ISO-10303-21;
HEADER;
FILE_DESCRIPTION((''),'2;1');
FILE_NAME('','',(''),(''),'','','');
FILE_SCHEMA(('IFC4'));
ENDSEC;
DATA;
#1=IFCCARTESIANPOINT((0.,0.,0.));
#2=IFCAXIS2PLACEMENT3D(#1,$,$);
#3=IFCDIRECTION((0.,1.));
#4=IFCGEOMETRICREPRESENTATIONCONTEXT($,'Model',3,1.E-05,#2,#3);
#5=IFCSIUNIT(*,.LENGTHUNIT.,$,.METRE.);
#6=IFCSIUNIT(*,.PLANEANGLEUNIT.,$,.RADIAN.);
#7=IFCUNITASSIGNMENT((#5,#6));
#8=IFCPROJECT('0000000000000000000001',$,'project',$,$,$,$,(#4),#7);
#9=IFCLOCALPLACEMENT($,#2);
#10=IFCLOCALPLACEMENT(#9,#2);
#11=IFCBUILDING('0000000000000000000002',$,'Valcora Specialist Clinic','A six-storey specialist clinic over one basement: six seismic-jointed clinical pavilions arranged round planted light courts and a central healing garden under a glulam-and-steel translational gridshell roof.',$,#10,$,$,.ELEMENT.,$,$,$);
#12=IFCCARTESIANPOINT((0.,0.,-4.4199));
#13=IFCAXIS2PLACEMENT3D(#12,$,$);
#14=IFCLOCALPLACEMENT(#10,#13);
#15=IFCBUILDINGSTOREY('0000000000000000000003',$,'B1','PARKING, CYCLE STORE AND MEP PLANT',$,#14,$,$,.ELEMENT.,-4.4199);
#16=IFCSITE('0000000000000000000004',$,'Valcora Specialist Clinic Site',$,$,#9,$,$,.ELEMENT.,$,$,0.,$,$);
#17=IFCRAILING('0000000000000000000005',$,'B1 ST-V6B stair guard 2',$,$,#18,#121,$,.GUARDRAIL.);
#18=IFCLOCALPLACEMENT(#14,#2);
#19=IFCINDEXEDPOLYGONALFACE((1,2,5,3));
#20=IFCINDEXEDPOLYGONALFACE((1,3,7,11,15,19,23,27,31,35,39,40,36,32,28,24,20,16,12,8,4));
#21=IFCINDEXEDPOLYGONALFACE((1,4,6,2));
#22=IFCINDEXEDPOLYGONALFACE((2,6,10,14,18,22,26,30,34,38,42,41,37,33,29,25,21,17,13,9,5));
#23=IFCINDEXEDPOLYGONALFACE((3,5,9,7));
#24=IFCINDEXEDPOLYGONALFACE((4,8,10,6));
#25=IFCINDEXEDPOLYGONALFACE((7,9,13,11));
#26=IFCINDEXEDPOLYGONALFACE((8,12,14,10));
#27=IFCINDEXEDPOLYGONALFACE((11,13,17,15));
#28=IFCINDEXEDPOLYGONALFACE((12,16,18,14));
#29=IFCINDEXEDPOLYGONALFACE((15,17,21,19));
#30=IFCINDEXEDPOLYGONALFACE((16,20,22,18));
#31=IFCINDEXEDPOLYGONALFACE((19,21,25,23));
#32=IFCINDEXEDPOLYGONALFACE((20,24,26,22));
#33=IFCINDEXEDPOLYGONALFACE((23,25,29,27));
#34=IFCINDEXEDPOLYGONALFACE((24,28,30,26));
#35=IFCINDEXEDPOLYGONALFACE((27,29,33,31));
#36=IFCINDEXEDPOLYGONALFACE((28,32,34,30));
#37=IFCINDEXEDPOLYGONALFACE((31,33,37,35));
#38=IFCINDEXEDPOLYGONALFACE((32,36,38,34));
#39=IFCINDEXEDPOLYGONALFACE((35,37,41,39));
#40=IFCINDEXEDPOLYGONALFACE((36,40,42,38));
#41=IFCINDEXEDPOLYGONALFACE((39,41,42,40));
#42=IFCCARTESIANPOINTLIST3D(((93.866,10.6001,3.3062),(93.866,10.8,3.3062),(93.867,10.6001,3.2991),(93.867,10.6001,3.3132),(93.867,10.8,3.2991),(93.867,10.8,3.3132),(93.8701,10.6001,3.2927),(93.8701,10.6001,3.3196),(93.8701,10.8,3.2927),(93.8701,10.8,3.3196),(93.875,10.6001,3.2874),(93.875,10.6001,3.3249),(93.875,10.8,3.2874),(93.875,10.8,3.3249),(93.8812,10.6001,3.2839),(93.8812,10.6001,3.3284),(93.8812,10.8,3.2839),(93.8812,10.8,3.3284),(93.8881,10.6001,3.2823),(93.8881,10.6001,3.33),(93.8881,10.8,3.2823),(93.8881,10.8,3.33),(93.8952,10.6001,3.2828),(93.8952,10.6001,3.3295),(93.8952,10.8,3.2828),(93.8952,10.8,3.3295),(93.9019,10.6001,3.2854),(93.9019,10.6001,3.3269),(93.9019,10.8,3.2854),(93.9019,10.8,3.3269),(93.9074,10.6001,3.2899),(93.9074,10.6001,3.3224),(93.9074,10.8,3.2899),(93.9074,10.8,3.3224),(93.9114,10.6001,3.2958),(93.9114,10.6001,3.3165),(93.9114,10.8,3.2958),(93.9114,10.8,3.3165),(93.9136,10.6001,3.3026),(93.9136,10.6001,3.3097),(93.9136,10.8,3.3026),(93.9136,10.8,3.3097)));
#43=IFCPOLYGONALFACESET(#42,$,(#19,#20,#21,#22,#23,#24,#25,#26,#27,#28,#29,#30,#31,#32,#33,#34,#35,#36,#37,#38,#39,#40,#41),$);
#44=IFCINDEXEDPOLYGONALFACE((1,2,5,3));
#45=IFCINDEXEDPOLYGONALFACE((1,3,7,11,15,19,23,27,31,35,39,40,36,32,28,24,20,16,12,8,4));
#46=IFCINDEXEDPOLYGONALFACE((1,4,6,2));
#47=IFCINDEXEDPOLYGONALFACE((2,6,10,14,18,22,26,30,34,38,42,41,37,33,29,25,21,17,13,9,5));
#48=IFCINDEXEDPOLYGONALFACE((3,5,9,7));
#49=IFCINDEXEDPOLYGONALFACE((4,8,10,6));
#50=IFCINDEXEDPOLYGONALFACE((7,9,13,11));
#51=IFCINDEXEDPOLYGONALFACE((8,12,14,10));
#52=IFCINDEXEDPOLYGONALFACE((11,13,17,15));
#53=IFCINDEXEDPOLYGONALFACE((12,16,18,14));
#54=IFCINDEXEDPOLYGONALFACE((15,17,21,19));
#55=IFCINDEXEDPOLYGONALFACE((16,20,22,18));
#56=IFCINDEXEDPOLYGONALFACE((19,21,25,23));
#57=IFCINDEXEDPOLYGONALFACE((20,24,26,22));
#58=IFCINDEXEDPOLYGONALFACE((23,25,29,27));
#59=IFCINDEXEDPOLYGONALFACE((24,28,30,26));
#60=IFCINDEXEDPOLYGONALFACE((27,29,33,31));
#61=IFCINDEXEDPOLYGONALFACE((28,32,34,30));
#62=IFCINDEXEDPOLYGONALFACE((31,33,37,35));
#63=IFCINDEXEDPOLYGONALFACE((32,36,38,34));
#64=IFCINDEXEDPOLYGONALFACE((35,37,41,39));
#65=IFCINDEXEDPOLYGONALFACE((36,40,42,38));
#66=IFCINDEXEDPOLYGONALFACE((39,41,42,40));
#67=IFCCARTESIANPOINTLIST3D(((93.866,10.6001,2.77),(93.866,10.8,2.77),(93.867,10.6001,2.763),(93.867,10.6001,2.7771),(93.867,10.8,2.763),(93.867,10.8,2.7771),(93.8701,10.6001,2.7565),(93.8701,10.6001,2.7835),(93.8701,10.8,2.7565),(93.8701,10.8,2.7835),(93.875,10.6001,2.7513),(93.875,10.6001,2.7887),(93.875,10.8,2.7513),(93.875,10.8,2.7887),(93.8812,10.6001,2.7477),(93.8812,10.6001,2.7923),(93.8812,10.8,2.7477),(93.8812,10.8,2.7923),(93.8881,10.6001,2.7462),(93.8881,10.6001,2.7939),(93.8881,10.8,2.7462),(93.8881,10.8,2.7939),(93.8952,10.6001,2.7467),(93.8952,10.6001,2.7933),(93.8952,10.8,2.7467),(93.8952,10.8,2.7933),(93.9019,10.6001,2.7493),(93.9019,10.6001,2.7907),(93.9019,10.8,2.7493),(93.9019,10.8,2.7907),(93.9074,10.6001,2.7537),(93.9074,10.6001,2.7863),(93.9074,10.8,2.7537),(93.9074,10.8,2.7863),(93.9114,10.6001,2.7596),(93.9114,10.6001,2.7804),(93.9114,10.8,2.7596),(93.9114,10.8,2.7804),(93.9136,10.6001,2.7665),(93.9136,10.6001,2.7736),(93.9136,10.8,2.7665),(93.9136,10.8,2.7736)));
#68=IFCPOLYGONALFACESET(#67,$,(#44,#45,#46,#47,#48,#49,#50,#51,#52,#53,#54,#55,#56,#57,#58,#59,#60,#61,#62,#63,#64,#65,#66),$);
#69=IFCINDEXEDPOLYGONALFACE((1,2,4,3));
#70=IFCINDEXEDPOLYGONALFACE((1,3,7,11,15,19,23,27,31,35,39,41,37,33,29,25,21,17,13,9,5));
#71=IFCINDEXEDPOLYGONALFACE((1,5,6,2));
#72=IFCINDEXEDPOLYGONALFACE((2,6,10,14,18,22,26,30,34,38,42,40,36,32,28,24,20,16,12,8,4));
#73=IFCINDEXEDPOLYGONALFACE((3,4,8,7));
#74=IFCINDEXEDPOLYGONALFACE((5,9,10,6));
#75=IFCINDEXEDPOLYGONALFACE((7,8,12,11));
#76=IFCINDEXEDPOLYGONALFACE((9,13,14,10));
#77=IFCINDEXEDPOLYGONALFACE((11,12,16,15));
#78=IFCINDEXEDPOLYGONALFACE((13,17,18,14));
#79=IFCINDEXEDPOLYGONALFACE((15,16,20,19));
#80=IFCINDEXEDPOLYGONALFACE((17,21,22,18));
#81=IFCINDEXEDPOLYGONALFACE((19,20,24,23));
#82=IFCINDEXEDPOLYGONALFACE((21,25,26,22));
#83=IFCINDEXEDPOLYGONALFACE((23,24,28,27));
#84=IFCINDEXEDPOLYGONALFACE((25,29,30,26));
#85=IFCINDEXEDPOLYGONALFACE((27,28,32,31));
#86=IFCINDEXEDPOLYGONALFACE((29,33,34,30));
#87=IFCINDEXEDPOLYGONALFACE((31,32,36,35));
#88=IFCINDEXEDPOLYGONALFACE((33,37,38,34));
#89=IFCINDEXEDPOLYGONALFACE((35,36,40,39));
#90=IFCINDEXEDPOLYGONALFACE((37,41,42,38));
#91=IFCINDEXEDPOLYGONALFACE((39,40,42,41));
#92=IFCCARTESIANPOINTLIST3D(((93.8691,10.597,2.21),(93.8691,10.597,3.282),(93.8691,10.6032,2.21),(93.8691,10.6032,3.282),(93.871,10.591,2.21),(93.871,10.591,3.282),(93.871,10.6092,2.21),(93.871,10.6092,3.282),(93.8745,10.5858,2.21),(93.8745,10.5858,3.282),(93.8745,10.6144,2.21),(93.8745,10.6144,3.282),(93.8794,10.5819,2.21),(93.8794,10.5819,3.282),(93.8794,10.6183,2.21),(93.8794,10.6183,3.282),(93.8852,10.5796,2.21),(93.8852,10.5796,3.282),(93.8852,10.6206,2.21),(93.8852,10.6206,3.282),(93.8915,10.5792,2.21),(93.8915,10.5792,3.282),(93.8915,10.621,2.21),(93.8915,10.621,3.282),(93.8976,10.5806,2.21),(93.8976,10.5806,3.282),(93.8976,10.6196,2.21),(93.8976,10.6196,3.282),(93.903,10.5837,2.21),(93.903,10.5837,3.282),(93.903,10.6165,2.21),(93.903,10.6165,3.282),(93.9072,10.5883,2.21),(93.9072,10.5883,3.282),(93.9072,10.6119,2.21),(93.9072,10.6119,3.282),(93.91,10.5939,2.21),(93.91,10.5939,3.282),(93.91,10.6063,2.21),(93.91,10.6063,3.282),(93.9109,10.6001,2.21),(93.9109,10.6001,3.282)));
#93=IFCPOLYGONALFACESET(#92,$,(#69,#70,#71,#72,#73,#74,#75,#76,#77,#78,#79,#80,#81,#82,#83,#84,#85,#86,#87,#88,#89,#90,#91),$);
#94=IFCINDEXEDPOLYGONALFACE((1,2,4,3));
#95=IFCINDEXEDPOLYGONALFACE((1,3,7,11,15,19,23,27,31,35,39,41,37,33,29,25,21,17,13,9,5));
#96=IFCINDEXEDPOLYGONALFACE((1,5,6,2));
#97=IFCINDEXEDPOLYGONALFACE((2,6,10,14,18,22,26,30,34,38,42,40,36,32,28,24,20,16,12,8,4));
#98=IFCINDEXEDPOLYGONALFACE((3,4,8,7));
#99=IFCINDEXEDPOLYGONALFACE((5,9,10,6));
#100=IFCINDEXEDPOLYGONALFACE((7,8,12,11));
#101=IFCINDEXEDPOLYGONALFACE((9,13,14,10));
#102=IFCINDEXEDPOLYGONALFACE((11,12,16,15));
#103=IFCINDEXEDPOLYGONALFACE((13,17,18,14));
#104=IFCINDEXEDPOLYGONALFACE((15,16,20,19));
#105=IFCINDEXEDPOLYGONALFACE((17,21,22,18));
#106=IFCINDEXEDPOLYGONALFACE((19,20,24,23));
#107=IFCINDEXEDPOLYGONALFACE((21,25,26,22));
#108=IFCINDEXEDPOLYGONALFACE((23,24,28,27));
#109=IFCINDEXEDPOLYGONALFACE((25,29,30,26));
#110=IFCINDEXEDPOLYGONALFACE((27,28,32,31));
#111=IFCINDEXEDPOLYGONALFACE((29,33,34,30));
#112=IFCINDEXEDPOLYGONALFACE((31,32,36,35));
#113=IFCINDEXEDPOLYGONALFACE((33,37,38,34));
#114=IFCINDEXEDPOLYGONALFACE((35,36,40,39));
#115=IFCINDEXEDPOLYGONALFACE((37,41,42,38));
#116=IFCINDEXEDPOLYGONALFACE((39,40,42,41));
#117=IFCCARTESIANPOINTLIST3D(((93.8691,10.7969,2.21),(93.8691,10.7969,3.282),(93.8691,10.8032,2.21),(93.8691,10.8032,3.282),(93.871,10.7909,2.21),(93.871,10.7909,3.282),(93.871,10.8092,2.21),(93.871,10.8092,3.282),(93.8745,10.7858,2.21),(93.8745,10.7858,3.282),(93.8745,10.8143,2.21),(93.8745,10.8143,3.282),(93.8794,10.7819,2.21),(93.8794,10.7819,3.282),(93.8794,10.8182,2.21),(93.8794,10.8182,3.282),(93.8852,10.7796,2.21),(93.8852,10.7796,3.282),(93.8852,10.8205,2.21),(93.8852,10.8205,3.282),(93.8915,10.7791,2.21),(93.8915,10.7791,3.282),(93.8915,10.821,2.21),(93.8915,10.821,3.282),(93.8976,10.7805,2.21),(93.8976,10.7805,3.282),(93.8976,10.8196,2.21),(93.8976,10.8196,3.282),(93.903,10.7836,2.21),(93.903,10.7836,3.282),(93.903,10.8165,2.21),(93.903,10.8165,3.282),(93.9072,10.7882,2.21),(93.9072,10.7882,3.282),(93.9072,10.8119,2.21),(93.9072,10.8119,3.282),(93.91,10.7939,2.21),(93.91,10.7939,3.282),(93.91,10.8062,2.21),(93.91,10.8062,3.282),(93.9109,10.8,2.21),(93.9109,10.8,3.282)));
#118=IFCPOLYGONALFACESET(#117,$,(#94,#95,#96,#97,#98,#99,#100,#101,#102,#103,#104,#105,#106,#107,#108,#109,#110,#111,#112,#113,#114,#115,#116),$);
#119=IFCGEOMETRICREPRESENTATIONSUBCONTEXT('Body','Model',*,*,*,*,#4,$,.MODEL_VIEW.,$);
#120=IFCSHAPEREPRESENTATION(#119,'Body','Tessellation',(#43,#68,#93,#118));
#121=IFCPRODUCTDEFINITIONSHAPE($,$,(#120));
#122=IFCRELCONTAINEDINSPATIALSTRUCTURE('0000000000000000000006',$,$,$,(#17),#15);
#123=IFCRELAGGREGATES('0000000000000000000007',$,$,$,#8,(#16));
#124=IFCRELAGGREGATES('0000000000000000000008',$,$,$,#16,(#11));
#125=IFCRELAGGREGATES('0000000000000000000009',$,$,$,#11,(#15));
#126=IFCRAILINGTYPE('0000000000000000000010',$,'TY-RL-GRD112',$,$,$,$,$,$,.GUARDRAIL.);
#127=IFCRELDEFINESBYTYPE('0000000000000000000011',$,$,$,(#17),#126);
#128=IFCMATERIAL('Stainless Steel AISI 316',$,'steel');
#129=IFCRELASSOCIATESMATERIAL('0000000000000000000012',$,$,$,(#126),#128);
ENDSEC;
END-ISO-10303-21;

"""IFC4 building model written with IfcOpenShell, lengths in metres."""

from ifc_helpers import new_model, si_unit, direction, frame, origin, origin_2d, place, context, subcontext, project, spatial, circle, extrude, material, type_object, element, save


model = new_model("IFC4")

# Units and contexts
model_context = context("Model", 3, precision=1e-05, world=origin(), true_north=direction((0.0, 1.0)))
body_context = subcontext(model_context, "Body", "Model", "MODEL_VIEW")
ifc_project = project(units=[si_unit("LENGTHUNIT", "METRE"), si_unit("PLANEANGLEUNIT", "RADIAN")], contexts=[model_context])

# Site, building, storey
site_placement = place(None, origin())
site = spatial("IfcSite", under=ifc_project, at=site_placement, Name="Valcora Specialist Clinic Site", CompositionType="ELEMENT", RefElevation=0.0)
building_placement = place(site_placement, origin())
building = spatial("IfcBuilding", under=site, at=building_placement, Name="Valcora Specialist Clinic", Description="A six-storey specialist clinic over one basement: six seismic-jointed clinical pavilions arranged round planted light courts and a central healing garden under a glulam-and-steel translational gridshell roof.", CompositionType="ELEMENT")
storey_placement = place(building_placement, frame((0.0, 0.0, -4.4199)))
storey = spatial("IfcBuildingStorey", under=building, at=storey_placement, Name="B1", Description="PARKING, CYCLE STORE AND MEP PLANT", CompositionType="ELEMENT", Elevation=-4.4199)

# Railing
ifc_material_1 = material(Name="Stainless Steel AISI 316", Category="steel")
railing_type_1 = type_object("IfcRailingType", Name="TY-RL-GRD112", PredefinedType="GUARDRAIL", material=ifc_material_1)
railing_1_placement = place(storey_placement, frame((93.8899, 10.6001, 2.21)))
element("IfcRailing", 1, at=railing_1_placement, inside=storey, type_object=railing_type_1, Name="B1 ST-V6B stair guard 2", PredefinedType="GUARDRAIL", context=body_context, shape_type="SweptSolid", body=[
    extrude(circle(Radius=0.0239, at=origin_2d()), frame((0.0, 0.0, 1.0962), z_axis=(0.0, 1.0, 0.0), x_axis=(-1.0, 0.0, 0.0)), (0.0, 0.0, 1.0), 0.2),
    extrude(circle(Radius=0.0239, at=origin_2d()), frame((0.0, 0.0, 0.5601), z_axis=(0.0, 1.0, 0.0), x_axis=(-1.0, 0.0, 0.0)), (0.0, 0.0, 1.0), 0.2),
    extrude(circle(Radius=0.021, at=origin_2d()), origin(), (0.0, 0.0, 1.0), 1.072),
    extrude(circle(Radius=0.021, at=origin_2d()), frame((0.0, 0.2, 0.0)), (0.0, 0.0, 1.0), 1.072),
])

save(model, "model.ifc")
